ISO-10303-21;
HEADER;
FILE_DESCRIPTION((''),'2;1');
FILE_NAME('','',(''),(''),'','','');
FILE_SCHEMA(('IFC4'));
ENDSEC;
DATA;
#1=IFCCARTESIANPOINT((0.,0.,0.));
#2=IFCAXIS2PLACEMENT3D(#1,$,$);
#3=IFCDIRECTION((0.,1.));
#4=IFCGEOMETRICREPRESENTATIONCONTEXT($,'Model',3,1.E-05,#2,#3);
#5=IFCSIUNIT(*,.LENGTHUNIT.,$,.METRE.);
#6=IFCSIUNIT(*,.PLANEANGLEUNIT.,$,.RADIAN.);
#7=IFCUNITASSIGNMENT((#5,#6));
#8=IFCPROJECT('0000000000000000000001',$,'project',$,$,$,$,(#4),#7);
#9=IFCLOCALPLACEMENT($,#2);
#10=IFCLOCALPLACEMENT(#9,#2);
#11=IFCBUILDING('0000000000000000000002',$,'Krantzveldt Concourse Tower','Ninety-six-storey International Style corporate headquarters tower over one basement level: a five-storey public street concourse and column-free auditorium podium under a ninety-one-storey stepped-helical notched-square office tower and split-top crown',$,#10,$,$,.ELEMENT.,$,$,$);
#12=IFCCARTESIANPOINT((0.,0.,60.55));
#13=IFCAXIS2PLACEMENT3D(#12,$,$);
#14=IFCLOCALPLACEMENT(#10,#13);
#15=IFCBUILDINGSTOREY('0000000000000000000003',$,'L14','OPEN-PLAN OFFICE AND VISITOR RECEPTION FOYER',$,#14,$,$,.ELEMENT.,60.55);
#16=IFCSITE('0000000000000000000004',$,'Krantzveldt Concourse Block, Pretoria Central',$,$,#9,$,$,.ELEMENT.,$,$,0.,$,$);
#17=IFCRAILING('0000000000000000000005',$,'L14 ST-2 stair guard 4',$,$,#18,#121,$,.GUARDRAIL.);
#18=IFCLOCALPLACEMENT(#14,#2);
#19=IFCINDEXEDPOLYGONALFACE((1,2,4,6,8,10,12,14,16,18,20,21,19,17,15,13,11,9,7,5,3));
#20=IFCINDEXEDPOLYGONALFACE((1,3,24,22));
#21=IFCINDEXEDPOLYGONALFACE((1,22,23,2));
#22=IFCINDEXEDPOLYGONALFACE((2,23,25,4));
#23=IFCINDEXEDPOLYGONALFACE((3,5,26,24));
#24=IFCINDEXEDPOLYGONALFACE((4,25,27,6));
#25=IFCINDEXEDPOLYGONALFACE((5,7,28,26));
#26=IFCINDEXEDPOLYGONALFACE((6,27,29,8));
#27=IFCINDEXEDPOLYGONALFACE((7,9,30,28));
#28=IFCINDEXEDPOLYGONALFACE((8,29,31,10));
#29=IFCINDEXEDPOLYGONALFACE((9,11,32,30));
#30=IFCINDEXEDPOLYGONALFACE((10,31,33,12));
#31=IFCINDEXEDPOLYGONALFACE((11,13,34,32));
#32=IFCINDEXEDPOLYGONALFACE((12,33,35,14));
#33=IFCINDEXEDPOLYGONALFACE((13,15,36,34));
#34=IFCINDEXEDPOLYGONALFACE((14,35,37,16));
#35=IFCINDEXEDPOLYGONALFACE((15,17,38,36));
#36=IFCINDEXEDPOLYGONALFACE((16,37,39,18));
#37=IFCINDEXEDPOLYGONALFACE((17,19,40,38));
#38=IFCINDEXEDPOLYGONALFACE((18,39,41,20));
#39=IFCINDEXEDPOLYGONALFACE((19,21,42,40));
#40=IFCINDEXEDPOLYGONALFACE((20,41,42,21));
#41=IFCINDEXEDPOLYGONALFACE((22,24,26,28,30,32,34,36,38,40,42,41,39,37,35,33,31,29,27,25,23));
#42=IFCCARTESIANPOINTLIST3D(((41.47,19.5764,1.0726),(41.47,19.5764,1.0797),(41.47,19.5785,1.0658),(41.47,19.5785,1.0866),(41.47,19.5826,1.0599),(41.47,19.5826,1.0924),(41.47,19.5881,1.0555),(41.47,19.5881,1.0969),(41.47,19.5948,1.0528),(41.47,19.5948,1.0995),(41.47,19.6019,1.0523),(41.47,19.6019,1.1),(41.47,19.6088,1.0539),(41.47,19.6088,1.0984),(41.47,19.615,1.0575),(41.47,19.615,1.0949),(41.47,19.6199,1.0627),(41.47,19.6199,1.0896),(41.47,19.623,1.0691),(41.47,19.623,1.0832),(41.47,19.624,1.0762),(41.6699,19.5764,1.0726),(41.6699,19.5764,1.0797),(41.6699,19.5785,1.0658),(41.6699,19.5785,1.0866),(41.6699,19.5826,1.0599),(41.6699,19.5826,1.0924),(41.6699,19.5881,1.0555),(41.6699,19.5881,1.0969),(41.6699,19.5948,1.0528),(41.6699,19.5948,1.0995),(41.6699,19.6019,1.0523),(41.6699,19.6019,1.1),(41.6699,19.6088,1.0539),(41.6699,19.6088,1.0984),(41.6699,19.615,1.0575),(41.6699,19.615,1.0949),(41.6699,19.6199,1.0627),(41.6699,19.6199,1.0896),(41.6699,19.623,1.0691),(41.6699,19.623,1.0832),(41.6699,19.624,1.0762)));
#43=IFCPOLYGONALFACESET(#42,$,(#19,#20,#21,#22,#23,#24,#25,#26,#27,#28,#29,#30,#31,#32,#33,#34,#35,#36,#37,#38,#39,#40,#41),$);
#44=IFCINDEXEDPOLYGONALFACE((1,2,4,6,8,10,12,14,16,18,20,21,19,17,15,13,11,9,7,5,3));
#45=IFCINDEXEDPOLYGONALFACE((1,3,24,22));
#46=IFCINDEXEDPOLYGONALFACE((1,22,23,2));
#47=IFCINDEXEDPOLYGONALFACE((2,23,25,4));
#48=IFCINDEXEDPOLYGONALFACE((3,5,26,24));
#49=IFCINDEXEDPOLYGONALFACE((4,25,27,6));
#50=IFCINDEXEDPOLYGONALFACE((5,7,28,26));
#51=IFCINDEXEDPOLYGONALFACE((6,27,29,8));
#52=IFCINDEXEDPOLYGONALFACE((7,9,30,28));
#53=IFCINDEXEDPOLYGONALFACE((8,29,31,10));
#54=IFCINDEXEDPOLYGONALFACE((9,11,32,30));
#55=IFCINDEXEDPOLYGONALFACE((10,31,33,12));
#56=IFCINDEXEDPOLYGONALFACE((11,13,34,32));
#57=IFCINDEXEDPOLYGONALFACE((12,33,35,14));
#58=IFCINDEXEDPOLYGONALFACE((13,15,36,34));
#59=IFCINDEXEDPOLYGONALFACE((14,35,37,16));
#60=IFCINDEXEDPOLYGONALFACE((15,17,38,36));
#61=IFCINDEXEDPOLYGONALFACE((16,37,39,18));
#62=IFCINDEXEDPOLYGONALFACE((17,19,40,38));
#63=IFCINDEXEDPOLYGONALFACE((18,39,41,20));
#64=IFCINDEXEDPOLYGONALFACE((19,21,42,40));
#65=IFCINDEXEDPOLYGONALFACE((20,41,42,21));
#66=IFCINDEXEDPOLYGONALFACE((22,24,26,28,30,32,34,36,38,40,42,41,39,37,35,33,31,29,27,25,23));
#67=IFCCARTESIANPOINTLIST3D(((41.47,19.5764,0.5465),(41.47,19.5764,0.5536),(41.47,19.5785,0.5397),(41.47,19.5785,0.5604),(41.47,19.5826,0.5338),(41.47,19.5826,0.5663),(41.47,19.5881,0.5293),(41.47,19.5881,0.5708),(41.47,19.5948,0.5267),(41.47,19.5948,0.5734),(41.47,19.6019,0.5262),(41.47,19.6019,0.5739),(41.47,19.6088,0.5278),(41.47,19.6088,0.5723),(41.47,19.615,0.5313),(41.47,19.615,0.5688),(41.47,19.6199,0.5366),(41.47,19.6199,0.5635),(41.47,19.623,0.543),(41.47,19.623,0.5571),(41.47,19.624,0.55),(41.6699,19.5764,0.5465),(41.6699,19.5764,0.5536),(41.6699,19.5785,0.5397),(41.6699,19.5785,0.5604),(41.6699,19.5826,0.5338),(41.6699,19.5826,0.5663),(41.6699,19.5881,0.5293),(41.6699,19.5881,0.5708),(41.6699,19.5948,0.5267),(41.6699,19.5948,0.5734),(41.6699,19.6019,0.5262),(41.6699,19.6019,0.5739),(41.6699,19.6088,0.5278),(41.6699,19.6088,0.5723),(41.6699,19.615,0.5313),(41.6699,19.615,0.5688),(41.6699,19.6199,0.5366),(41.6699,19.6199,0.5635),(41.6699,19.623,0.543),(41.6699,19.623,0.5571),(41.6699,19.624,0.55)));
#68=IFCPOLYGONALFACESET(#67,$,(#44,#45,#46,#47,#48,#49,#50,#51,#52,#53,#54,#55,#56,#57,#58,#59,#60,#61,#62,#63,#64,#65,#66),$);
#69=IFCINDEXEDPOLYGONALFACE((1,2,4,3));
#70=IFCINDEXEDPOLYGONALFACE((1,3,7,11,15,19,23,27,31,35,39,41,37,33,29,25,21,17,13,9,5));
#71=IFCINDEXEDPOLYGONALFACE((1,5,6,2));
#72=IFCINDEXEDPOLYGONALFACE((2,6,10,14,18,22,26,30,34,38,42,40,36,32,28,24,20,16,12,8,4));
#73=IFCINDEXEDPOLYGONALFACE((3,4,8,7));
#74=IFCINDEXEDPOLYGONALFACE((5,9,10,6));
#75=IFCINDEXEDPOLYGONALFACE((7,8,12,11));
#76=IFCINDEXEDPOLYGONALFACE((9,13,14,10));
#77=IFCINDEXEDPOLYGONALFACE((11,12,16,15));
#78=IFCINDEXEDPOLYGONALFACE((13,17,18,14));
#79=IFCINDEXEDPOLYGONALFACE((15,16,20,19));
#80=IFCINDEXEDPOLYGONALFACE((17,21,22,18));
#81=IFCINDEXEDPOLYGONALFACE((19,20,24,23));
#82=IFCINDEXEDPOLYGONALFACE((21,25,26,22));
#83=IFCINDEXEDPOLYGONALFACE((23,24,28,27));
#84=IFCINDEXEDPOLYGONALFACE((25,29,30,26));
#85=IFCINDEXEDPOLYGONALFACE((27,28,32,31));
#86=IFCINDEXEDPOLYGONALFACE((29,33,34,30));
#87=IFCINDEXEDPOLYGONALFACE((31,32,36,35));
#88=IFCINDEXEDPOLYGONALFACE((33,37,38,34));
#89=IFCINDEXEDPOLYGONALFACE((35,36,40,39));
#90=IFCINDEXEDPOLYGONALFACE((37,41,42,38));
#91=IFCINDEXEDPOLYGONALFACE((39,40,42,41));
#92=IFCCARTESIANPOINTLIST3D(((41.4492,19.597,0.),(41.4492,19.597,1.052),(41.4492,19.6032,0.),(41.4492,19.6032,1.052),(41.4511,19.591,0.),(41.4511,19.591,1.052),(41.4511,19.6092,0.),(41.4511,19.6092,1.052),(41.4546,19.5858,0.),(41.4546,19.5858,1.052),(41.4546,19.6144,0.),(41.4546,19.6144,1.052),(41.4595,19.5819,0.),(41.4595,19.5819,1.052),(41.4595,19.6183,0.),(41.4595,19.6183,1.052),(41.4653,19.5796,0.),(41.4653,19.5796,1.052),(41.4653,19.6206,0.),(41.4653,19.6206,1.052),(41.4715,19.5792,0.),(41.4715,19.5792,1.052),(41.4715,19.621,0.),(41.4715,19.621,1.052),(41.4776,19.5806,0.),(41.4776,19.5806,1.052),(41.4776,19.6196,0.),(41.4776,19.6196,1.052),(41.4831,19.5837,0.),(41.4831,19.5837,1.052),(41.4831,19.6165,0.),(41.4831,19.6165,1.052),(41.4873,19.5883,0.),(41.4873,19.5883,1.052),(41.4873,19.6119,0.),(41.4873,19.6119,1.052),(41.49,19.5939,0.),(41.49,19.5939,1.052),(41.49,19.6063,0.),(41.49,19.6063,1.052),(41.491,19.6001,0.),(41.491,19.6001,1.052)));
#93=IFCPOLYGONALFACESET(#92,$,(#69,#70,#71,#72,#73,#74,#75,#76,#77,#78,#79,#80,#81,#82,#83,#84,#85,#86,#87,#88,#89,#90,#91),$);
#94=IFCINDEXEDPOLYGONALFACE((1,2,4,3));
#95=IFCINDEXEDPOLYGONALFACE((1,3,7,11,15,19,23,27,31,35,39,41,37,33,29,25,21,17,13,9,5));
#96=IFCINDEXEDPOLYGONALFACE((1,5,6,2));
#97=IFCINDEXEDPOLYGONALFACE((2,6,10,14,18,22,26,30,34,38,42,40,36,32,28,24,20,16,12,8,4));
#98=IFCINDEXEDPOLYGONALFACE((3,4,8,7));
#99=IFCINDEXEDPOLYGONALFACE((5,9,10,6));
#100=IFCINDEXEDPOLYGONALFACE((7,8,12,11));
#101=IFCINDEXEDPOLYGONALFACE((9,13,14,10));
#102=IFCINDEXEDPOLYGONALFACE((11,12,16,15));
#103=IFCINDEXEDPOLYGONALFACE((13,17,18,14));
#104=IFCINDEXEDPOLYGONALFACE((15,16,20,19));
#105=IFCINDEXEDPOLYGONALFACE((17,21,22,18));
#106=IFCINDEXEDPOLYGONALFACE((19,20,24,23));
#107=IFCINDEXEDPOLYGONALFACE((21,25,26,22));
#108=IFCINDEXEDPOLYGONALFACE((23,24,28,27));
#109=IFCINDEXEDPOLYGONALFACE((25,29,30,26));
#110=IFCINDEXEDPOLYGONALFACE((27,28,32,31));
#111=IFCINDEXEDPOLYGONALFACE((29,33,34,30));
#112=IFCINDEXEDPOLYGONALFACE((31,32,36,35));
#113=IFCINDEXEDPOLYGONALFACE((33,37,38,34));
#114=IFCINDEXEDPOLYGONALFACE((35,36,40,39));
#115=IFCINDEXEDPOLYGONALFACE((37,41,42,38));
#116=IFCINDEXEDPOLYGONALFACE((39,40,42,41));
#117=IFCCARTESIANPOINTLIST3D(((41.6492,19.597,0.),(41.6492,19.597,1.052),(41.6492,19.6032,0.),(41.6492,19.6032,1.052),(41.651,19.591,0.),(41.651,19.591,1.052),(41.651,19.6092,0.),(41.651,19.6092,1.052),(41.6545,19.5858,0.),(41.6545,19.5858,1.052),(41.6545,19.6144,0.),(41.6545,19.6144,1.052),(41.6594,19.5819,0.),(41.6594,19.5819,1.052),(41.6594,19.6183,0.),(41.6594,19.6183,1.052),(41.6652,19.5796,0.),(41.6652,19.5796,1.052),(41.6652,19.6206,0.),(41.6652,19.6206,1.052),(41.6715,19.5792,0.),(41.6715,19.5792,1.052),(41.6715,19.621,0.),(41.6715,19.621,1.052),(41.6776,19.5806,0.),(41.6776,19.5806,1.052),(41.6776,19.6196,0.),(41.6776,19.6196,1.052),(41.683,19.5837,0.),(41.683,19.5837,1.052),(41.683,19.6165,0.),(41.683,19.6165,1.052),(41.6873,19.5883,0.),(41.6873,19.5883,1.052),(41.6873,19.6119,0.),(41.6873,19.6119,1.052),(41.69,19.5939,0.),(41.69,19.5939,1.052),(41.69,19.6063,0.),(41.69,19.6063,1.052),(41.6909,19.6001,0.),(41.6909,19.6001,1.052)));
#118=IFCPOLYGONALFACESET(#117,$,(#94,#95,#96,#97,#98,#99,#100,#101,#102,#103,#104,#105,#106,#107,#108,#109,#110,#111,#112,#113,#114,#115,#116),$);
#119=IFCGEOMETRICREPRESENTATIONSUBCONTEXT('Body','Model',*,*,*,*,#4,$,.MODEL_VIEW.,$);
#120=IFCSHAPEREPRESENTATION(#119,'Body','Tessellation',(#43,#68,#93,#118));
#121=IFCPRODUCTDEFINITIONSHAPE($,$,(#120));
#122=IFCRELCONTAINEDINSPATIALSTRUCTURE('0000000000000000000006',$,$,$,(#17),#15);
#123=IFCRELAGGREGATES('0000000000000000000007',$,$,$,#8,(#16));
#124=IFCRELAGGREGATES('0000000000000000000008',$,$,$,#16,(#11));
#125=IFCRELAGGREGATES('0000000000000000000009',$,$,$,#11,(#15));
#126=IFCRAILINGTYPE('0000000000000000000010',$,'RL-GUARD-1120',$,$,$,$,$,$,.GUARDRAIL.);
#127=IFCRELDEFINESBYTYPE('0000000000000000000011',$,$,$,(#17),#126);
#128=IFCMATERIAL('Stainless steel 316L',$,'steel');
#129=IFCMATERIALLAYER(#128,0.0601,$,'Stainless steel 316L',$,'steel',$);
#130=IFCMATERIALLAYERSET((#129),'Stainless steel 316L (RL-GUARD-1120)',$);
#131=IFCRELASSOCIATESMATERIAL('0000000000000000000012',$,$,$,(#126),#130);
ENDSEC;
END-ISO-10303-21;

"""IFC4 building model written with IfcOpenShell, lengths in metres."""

from ifc_helpers import new_model, si_unit, direction, frame, origin, origin_2d, place, context, subcontext, project, spatial, circle, extrude, material, layer, layer_set, type_object, element, save


model = new_model("IFC4")

# Units and contexts
model_context = context("Model", 3, precision=1e-05, world=origin(), true_north=direction((0.0, 1.0)))
body_context = subcontext(model_context, "Body", "Model", "MODEL_VIEW")
ifc_project = project(units=[si_unit("LENGTHUNIT", "METRE"), si_unit("PLANEANGLEUNIT", "RADIAN")], contexts=[model_context])

# Site, building, storey
site_placement = place(None, origin())
site = spatial("IfcSite", under=ifc_project, at=site_placement, Name="Krantzveldt Concourse Block, Pretoria Central", CompositionType="ELEMENT", RefElevation=0.0)
building_placement = place(site_placement, origin())
building = spatial("IfcBuilding", under=site, at=building_placement, Name="Krantzveldt Concourse Tower", Description="Ninety-six-storey International Style corporate headquarters tower over one basement level: a five-storey public street concourse and column-free auditorium podium under a ninety-one-storey stepped-helical notched-square office tower and split-top crown", CompositionType="ELEMENT")
storey_placement = place(building_placement, frame((0.0, 0.0, 60.55)))
storey = spatial("IfcBuildingStorey", under=building, at=storey_placement, Name="L14", Description="OPEN-PLAN OFFICE AND VISITOR RECEPTION FOYER", CompositionType="ELEMENT", Elevation=60.55)

# Shared definitions
ifc_material_1 = material(Name="Stainless steel 316L", Category="steel")

# Railing
ifc_layer_1 = layer(ifc_material_1, 0.0601, Name="Stainless steel 316L", Category="steel")
ifc_layer_set_1 = layer_set([ifc_layer_1], Name="Stainless steel 316L (RL-GUARD-1120)")
railing_type_1 = type_object("IfcRailingType", Name="RL-GUARD-1120", PredefinedType="GUARDRAIL", material=ifc_layer_set_1)
railing_1_placement = place(storey_placement, frame((41.47, 19.6001, 0.0)))
element("IfcRailing", 1, at=railing_1_placement, inside=storey, type_object=railing_type_1, Name="L14 ST-2 stair guard 4", PredefinedType="GUARDRAIL", context=body_context, shape_type="SweptSolid", body=[
    extrude(circle(Radius=0.0239, at=origin_2d()), frame((0.0, 0.0, 1.0762), z_axis=(1.0, 0.0, 0.0), x_axis=(0.0, 1.0, 0.0)), (0.0, 0.0, 1.0), 0.2),
    extrude(circle(Radius=0.0239, at=origin_2d()), frame((0.0, 0.0, 0.55), z_axis=(1.0, 0.0, 0.0), x_axis=(0.0, 1.0, 0.0)), (0.0, 0.0, 1.0), 0.2),
    extrude(circle(Radius=0.021, at=origin_2d()), origin(), (0.0, 0.0, 1.0), 1.052),
    extrude(circle(Radius=0.021, at=origin_2d()), frame((0.2, 0.0, 0.0)), (0.0, 0.0, 1.0), 1.052),
])

save(model, "model.ifc")
